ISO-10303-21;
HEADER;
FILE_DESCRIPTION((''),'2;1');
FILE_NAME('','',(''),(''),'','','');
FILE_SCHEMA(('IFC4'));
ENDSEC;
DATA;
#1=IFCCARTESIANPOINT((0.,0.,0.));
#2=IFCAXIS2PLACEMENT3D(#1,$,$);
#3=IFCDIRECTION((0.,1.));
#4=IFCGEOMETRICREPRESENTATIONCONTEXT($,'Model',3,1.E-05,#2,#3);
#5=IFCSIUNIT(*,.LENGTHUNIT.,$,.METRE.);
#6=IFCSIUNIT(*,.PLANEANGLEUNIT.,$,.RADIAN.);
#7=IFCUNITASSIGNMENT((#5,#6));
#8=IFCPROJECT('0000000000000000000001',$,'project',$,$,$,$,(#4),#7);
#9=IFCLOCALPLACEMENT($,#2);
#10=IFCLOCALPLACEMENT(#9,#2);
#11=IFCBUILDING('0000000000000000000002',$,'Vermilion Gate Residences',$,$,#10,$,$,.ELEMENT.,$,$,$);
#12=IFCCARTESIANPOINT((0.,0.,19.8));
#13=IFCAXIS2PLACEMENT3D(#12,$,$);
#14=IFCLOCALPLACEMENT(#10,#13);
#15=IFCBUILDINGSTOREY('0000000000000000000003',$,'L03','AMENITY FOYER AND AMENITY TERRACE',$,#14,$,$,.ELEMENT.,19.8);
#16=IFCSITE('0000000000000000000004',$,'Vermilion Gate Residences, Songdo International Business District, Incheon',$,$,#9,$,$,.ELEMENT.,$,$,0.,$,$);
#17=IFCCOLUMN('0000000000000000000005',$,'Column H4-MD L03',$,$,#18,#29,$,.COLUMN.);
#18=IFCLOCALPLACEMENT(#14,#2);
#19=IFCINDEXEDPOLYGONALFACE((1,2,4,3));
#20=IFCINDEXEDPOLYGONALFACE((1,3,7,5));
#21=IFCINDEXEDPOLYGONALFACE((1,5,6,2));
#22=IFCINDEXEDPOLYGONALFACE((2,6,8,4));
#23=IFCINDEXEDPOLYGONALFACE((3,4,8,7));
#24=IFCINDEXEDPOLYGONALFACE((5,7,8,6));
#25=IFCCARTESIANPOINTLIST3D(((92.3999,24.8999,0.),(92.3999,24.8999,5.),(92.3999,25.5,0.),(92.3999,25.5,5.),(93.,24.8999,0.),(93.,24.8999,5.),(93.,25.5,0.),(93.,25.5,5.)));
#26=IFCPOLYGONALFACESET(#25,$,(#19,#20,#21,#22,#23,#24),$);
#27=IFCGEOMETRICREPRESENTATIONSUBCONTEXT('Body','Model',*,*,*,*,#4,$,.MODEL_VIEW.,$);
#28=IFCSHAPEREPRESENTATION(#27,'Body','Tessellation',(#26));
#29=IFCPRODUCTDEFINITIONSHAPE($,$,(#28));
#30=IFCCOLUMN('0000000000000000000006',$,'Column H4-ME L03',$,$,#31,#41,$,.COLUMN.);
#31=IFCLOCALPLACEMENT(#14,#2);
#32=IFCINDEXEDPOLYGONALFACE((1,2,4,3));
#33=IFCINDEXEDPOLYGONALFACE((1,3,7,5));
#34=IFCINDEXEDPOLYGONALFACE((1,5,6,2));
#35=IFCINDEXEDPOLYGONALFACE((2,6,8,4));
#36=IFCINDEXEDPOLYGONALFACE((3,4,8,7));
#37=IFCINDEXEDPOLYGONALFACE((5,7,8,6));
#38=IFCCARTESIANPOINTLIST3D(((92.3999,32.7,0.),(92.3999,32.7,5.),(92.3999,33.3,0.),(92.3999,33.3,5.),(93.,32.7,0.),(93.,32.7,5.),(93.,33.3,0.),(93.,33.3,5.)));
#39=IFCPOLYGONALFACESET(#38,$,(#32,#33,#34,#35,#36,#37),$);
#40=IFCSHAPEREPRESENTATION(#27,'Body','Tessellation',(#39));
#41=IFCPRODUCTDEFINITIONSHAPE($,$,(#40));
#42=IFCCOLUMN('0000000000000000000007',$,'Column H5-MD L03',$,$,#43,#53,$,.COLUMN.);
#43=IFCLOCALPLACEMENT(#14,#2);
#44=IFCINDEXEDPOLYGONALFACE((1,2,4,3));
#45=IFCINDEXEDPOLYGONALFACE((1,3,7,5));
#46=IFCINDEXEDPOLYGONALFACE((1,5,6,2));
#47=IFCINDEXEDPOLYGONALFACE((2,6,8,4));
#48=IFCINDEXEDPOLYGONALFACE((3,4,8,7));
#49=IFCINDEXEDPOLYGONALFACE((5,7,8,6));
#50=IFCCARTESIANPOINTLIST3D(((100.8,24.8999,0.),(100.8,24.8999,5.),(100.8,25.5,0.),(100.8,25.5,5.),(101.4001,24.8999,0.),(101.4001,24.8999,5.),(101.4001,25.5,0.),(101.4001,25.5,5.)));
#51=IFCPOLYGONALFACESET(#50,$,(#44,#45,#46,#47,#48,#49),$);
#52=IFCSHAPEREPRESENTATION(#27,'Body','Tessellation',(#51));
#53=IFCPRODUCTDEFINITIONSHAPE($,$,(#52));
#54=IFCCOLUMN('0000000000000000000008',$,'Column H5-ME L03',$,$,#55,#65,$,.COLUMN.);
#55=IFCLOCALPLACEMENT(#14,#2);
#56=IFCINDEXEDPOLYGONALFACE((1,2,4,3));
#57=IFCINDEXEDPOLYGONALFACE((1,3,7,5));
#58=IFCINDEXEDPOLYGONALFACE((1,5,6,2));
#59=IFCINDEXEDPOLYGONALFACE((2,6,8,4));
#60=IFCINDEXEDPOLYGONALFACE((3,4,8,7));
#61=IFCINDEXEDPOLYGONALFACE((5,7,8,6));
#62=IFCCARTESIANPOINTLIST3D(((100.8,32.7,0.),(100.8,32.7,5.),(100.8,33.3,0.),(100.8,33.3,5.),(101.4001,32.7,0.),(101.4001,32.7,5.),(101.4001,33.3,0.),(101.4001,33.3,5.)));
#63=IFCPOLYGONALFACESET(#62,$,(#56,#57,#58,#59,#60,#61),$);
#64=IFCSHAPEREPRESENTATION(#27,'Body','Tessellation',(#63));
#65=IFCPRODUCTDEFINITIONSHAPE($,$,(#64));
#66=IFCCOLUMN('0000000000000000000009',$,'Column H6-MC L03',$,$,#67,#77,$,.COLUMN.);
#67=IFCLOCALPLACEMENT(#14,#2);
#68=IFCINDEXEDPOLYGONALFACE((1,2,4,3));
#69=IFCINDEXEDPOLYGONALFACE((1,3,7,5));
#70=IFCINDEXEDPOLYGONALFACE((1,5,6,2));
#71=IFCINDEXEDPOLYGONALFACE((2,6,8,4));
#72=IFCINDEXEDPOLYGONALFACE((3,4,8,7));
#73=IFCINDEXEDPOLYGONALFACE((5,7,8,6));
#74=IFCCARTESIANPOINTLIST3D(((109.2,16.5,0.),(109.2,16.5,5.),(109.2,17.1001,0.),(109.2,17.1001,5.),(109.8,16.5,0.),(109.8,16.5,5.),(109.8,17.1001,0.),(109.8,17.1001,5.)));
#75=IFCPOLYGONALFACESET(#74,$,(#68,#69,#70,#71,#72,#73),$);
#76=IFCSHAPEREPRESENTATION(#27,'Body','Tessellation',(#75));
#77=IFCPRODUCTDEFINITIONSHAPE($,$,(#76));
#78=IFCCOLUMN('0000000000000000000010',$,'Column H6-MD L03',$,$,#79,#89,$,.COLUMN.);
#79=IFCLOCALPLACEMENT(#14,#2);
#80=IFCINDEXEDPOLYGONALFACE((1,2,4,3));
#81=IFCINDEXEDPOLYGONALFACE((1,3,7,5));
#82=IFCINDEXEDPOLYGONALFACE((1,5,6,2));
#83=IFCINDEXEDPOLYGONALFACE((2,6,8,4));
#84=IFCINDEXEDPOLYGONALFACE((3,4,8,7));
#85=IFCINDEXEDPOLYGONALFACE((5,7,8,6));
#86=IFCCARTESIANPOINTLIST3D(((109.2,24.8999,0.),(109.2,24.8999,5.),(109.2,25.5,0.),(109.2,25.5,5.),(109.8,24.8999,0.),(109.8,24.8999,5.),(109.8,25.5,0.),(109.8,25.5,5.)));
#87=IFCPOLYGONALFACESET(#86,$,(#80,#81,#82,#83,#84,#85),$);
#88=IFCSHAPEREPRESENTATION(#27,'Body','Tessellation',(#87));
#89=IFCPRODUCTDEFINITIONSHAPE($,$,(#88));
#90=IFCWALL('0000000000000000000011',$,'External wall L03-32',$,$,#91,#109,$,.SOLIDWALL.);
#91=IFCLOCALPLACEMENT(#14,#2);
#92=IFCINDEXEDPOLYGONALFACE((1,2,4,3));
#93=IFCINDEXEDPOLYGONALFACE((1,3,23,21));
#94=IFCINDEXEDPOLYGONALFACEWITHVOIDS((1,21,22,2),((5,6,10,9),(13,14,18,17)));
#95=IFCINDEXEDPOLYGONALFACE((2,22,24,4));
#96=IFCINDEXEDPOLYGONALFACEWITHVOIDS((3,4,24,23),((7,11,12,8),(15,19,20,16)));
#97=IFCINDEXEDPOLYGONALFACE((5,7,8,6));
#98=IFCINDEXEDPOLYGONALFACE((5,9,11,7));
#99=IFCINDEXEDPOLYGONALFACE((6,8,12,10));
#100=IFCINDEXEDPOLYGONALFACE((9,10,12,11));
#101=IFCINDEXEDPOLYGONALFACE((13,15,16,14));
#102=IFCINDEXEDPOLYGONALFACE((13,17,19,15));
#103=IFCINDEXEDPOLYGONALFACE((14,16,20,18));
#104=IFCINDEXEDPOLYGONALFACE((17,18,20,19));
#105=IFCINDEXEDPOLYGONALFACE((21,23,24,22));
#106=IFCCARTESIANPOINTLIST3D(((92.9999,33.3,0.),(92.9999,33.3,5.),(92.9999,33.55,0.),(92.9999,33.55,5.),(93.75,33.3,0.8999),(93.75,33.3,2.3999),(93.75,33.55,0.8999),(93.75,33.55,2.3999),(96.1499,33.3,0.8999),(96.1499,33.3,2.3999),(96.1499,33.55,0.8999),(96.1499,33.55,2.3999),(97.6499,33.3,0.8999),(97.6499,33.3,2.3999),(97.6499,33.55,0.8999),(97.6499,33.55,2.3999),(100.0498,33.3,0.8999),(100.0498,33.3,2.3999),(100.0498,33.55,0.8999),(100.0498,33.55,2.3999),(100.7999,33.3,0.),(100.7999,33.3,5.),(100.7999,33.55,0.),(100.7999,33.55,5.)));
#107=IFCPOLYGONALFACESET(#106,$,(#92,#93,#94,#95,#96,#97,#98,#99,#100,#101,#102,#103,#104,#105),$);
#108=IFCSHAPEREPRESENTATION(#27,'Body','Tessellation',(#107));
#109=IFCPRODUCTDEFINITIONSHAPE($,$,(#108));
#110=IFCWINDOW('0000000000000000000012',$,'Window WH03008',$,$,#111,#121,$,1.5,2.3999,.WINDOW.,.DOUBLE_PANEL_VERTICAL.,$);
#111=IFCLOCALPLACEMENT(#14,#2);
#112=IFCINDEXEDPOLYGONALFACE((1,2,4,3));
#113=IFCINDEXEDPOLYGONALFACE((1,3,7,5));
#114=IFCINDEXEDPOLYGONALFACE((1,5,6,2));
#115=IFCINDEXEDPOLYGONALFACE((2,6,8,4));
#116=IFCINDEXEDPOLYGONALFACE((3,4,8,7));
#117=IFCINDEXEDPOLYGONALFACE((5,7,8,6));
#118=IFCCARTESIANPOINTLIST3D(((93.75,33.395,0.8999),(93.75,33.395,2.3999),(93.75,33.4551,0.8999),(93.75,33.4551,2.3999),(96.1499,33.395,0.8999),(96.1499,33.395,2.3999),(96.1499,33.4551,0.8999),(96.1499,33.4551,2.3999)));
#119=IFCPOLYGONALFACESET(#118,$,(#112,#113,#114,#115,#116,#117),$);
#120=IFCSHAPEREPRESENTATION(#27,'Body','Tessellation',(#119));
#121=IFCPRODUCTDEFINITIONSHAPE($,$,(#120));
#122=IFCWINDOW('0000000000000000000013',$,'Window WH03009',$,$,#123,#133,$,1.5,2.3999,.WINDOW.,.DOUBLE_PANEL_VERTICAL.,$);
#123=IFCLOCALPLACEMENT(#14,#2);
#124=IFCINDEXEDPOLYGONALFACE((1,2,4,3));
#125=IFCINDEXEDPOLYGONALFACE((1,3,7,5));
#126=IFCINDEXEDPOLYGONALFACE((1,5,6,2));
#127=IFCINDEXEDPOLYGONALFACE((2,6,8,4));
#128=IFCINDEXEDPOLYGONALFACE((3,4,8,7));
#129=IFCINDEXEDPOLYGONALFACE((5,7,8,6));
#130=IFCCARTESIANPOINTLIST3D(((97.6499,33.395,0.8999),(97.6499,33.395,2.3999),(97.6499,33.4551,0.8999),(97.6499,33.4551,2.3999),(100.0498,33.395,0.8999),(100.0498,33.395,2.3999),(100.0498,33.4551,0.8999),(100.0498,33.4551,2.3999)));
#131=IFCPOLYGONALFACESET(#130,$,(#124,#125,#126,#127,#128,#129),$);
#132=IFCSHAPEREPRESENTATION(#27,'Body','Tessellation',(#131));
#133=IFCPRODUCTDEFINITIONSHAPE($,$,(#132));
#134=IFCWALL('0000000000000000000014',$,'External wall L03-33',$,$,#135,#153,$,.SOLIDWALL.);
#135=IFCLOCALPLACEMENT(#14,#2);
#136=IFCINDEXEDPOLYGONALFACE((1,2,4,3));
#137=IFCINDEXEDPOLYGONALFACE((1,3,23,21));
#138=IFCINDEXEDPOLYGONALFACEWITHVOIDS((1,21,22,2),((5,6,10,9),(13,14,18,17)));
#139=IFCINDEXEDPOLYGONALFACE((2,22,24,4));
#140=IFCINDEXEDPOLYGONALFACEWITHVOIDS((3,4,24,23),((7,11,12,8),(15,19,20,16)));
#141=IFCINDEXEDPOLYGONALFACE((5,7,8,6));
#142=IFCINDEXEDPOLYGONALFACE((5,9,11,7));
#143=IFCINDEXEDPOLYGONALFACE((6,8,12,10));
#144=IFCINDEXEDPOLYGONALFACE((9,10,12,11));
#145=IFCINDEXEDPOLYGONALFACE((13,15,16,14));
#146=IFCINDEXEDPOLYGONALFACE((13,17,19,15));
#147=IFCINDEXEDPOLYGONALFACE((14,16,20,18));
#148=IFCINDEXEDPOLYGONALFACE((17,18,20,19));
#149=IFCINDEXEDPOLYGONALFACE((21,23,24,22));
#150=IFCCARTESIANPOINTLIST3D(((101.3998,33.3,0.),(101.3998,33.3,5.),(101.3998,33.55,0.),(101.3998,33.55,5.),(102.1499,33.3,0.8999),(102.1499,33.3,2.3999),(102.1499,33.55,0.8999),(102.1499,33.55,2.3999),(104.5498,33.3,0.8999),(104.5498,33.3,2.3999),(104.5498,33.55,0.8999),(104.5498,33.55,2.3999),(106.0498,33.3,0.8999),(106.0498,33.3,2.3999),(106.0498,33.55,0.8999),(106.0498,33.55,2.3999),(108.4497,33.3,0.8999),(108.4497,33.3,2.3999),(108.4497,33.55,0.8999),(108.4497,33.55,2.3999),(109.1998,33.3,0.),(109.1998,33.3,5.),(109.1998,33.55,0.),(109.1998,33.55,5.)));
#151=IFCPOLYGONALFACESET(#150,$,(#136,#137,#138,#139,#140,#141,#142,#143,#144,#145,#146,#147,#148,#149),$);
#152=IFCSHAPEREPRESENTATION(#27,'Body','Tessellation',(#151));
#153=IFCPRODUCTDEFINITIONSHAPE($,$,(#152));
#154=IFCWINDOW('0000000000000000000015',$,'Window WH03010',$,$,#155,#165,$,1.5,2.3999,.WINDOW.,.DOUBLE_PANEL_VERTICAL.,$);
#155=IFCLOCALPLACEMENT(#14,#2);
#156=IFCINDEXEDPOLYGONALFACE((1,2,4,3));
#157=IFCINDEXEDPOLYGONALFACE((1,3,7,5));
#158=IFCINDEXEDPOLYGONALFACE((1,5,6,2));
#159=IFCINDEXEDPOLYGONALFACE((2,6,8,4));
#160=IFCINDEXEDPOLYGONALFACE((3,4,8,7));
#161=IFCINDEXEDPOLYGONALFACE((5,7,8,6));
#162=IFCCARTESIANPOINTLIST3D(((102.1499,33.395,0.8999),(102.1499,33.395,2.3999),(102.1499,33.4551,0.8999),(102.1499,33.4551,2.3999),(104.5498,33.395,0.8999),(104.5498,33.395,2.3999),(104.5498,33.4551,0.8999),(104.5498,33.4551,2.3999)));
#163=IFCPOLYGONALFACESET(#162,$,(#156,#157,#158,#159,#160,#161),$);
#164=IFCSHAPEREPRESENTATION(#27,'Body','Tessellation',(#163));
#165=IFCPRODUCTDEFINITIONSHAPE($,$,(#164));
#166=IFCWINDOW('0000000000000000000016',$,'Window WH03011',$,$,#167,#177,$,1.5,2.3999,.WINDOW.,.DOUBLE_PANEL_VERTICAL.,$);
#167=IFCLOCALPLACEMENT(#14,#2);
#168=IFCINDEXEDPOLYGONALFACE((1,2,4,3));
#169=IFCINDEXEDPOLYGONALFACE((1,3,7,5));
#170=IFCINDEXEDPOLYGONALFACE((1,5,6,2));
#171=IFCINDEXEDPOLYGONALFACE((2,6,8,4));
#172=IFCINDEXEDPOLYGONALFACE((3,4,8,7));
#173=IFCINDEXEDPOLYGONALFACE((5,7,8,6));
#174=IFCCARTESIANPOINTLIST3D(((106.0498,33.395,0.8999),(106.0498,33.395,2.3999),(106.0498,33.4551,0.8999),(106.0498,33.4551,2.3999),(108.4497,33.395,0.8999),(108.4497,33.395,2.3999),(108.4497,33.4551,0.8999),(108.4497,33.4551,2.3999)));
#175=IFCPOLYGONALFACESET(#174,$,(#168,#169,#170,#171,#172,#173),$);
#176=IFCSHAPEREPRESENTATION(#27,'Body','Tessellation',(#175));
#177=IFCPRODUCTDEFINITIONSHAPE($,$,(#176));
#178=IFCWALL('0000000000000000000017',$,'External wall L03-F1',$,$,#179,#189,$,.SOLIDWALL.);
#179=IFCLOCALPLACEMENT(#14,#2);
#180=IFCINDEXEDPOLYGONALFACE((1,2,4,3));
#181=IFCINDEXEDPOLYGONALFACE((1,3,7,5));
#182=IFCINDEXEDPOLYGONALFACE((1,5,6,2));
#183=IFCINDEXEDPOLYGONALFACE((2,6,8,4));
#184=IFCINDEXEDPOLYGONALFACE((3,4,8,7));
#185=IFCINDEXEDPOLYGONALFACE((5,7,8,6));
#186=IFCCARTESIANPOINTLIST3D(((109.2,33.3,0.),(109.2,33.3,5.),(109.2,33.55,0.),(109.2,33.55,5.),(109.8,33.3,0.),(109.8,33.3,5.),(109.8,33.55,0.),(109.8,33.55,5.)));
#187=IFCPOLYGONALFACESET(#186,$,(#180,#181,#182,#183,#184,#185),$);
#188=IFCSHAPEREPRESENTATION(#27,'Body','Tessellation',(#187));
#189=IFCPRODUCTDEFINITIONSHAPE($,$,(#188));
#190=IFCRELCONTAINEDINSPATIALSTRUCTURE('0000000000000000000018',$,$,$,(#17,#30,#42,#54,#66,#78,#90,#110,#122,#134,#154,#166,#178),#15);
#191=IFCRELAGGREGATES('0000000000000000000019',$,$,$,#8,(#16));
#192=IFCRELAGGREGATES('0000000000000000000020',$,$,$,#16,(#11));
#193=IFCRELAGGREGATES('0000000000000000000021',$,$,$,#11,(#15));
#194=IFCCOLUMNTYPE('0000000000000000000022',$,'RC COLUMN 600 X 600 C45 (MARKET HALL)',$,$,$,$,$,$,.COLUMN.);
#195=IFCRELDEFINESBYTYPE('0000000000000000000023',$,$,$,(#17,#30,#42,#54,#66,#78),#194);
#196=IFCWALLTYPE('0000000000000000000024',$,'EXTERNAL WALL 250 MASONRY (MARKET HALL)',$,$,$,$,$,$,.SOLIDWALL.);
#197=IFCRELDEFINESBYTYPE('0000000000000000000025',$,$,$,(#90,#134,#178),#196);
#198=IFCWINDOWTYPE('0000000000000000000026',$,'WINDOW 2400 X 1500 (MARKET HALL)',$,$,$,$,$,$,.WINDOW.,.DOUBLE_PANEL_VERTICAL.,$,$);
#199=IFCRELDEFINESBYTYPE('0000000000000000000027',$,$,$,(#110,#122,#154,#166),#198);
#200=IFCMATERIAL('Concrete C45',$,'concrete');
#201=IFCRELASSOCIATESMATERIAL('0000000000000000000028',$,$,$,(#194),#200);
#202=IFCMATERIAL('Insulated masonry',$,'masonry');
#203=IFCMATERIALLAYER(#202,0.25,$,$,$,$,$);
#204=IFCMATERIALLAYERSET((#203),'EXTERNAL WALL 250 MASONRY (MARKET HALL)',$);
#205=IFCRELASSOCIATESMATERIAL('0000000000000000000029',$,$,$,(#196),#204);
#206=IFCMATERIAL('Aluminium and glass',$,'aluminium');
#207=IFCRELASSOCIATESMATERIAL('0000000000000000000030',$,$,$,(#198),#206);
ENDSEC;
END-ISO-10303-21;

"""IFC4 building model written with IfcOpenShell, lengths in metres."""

from ifc_helpers import new_model, si_unit, direction, frame, frame_2d, origin, origin_2d, place, context, subcontext, project, spatial, rectangle, extrude, material, layer, layer_set, material_profile, profile_set, type_object, element, fill, save


model = new_model("IFC4")

# Units and contexts
model_context = context("Model", 3, precision=1e-05, world=origin(), true_north=direction((0.0, 1.0)))
body_context = subcontext(model_context, "Body", "Model", "MODEL_VIEW")
ifc_project = project(units=[si_unit("LENGTHUNIT", "METRE"), si_unit("PLANEANGLEUNIT", "RADIAN")], contexts=[model_context])

# Site, building, storey
site_placement = place(None, origin())
site = spatial("IfcSite", under=ifc_project, at=site_placement, Name="Vermilion Gate Residences, Songdo International Business District, Incheon", CompositionType="ELEMENT", RefElevation=0.0)
building_placement = place(site_placement, origin())
building = spatial("IfcBuilding", under=site, at=building_placement, Name="Vermilion Gate Residences", CompositionType="ELEMENT")
storey_placement = place(building_placement, frame((0.0, 0.0, 19.8)))
storey = spatial("IfcBuildingStorey", under=building, at=storey_placement, Name="L03", Description="AMENITY FOYER AND AMENITY TERRACE", CompositionType="ELEMENT", Elevation=19.8)

# Columns
ifc_material_1 = material(Name="Concrete C45", Category="concrete")
ifc_material_profile = material_profile(ifc_material_1, rectangle(XDim=0.6001, YDim=0.6001, at=origin_2d()), Name="RC COLUMN 600 X 600 C45 (MARKET HALL)")
ifc_profile_set = profile_set([ifc_material_profile], Name="Concrete C45")
column_type = type_object("IfcColumnType", Name="RC COLUMN 600 X 600 C45 (MARKET HALL)", PredefinedType="COLUMN", material=ifc_profile_set)
for number, where, z_axis, x_axis, name in (
    (1, (92.7, 25.2, 0.0), (0.0, 0.0, 1.0), (1.0, 0.0, 0.0), "Column H4-MD L03"),
    (2, (92.7, 33.0, 0.0), (0.0, 0.0, 1.0), (1.0, 0.0, 0.0), "Column H4-ME L03"),
    (3, (101.1001, 25.2, 0.0), (0.0, 0.0, 1.0), (1.0, 0.0, 0.0), "Column H5-MD L03"),
    (4, (101.1001, 33.0, 0.0), (0.0, 0.0, 1.0), (1.0, 0.0, 0.0), "Column H5-ME L03"),
    (5, (109.5, 16.8, 0.0), (0.0, 0.0, 1.0), (1.0, 0.0, 0.0), "Column H6-MC L03"),
    (6, (109.5, 25.2, 0.0), (0.0, 0.0, 1.0), (1.0, 0.0, 0.0), "Column H6-MD L03"),
):
    element("IfcColumn", number, at=place(storey_placement, frame(where, z_axis=z_axis, x_axis=x_axis)), inside=storey, type_object=column_type, Name=name, PredefinedType="COLUMN", context=body_context, shape_type="SweptSolid", body=[
        extrude(rectangle(XDim=0.6001, YDim=0.6001, at=origin_2d()), origin(), (0.0, 0.0, 1.0), 5.0),
    ])

# Walls, openings, windows
ifc_material_2 = material(Name="Insulated masonry", Category="masonry")
ifc_layer_1 = layer(ifc_material_2, 0.25)
ifc_layer_set_1 = layer_set([ifc_layer_1], Name="EXTERNAL WALL 250 MASONRY (MARKET HALL)")
wall_type_1 = type_object("IfcWallType", Name="EXTERNAL WALL 250 MASONRY (MARKET HALL)", PredefinedType="SOLIDWALL", material=ifc_layer_set_1)
wall_1_placement = place(storey_placement, frame((93.0, 33.425, 0.0), z_axis=(0.0, 0.0, 1.0), x_axis=(1.0, 0.0, 0.0)))
wall_1 = element("IfcWall", 7, at=wall_1_placement, inside=storey, type_object=wall_type_1, Name="External wall L03-32", PredefinedType="SOLIDWALL", context=body_context, shape_type="SweptSolid", body=[
    extrude(rectangle(XDim=7.8, YDim=0.25, at=frame_2d((3.8999, 0.0))), origin(), (0.0, 0.0, 1.0), 5.0),
])
opening_1_placement = place(wall_1_placement, frame((0.75, 0.0, 0.8999)))
opening_1 = element("IfcOpeningElement", 8, at=opening_1_placement, cuts=wall_1, PredefinedType="OPENING", context=body_context, shape_type="SweptSolid", body=[
    extrude(rectangle(XDim=2.3999, YDim=1.5, at=frame_2d((1.2, 0.75))), frame((0.0, 0.135, 0.0), z_axis=(0.0, -1.0, 0.0), x_axis=(1.0, 0.0, 0.0)), (0.0, 0.0, 1.0), 0.27),
])
opening_2_placement = place(wall_1_placement, frame((4.6499, 0.0, 0.8999)))
opening_2 = element("IfcOpeningElement", 9, at=opening_2_placement, cuts=wall_1, PredefinedType="OPENING", context=body_context, shape_type="SweptSolid", body=[
    extrude(rectangle(XDim=2.3999, YDim=1.5, at=frame_2d((1.2, 0.75))), frame((0.0, 0.135, 0.0), z_axis=(0.0, -1.0, 0.0), x_axis=(1.0, 0.0, 0.0)), (0.0, 0.0, 1.0), 0.27),
])
ifc_material_3 = material(Name="Aluminium and glass", Category="aluminium")
window_type = type_object("IfcWindowType", Name="WINDOW 2400 X 1500 (MARKET HALL)", PartitioningType="DOUBLE_PANEL_VERTICAL", PredefinedType="WINDOW", material=ifc_material_3)
window_1_placement = place(opening_1_placement, origin())
window_1 = element("IfcWindow", 10, at=window_1_placement, inside=storey, type_object=window_type, Name="Window WH03008", OverallHeight=1.5, OverallWidth=2.3999, PartitioningType="DOUBLE_PANEL_VERTICAL", PredefinedType="WINDOW", context=body_context, shape_type="SweptSolid", body=[
    extrude(rectangle(XDim=2.3999, YDim=1.5, at=frame_2d((1.2, 0.75))), frame((0.0, 0.03, 0.0), z_axis=(0.0, -1.0, 0.0), x_axis=(1.0, 0.0, 0.0)), (0.0, 0.0, 1.0), 0.0601),
])
fill(opening_1, window_1)
window_2_placement = place(opening_2_placement, origin())
window_2 = element("IfcWindow", 11, at=window_2_placement, inside=storey, type_object=window_type, Name="Window WH03009", OverallHeight=1.5, OverallWidth=2.3999, PartitioningType="DOUBLE_PANEL_VERTICAL", PredefinedType="WINDOW", context=body_context, shape_type="SweptSolid", body=[
    extrude(rectangle(XDim=2.3999, YDim=1.5, at=frame_2d((1.2, 0.75))), frame((0.0, 0.03, 0.0), z_axis=(0.0, -1.0, 0.0), x_axis=(1.0, 0.0, 0.0)), (0.0, 0.0, 1.0), 0.0601),
])
fill(opening_2, window_2)
wall_2_placement = place(storey_placement, frame((101.3999, 33.425, 0.0), z_axis=(0.0, 0.0, 1.0), x_axis=(1.0, 0.0, 0.0)))
wall_2 = element("IfcWall", 12, at=wall_2_placement, inside=storey, type_object=wall_type_1, Name="External wall L03-33", PredefinedType="SOLIDWALL", context=body_context, shape_type="SweptSolid", body=[
    extrude(rectangle(XDim=7.8, YDim=0.25, at=frame_2d((3.8999, 0.0))), origin(), (0.0, 0.0, 1.0), 5.0),
])
opening_3_placement = place(wall_2_placement, frame((0.75, 0.0, 0.8999)))
opening_3 = element("IfcOpeningElement", 13, at=opening_3_placement, cuts=wall_2, PredefinedType="OPENING", context=body_context, shape_type="SweptSolid", body=[
    extrude(rectangle(XDim=2.3999, YDim=1.5, at=frame_2d((1.2, 0.75))), frame((0.0, 0.135, 0.0), z_axis=(0.0, -1.0, 0.0), x_axis=(1.0, 0.0, 0.0)), (0.0, 0.0, 1.0), 0.27),
])
opening_4_placement = place(wall_2_placement, frame((4.6499, 0.0, 0.8999)))
opening_4 = element("IfcOpeningElement", 14, at=opening_4_placement, cuts=wall_2, PredefinedType="OPENING", context=body_context, shape_type="SweptSolid", body=[
    extrude(rectangle(XDim=2.3999, YDim=1.5, at=frame_2d((1.2, 0.75))), frame((0.0, 0.135, 0.0), z_axis=(0.0, -1.0, 0.0), x_axis=(1.0, 0.0, 0.0)), (0.0, 0.0, 1.0), 0.27),
])
window_3_placement = place(opening_3_placement, origin())
window_3 = element("IfcWindow", 15, at=window_3_placement, inside=storey, type_object=window_type, Name="Window WH03010", OverallHeight=1.5, OverallWidth=2.3999, PartitioningType="DOUBLE_PANEL_VERTICAL", PredefinedType="WINDOW", context=body_context, shape_type="SweptSolid", body=[
    extrude(rectangle(XDim=2.3999, YDim=1.5, at=frame_2d((1.2, 0.75))), frame((0.0, 0.03, 0.0), z_axis=(0.0, -1.0, 0.0), x_axis=(1.0, 0.0, 0.0)), (0.0, 0.0, 1.0), 0.0601),
])
fill(opening_3, window_3)
window_4_placement = place(opening_4_placement, origin())
window_4 = element("IfcWindow", 16, at=window_4_placement, inside=storey, type_object=window_type, Name="Window WH03011", OverallHeight=1.5, OverallWidth=2.3999, PartitioningType="DOUBLE_PANEL_VERTICAL", PredefinedType="WINDOW", context=body_context, shape_type="SweptSolid", body=[
    extrude(rectangle(XDim=2.3999, YDim=1.5, at=frame_2d((1.2, 0.75))), frame((0.0, 0.03, 0.0), z_axis=(0.0, -1.0, 0.0), x_axis=(1.0, 0.0, 0.0)), (0.0, 0.0, 1.0), 0.0601),
])
fill(opening_4, window_4)

# Wall
wall_3_placement = place(storey_placement, frame((109.2, 33.425, 0.0), z_axis=(0.0, 0.0, 1.0), x_axis=(1.0, 0.0, 0.0)))
element("IfcWall", 17, at=wall_3_placement, inside=storey, type_object=wall_type_1, Name="External wall L03-F1", PredefinedType="SOLIDWALL", context=body_context, shape_type="SweptSolid", body=[
    extrude(rectangle(XDim=0.6001, YDim=0.25, at=frame_2d((0.3, 0.0))), origin(), (0.0, 0.0, 1.0), 5.0),
])

save(model, "model.ifc")
